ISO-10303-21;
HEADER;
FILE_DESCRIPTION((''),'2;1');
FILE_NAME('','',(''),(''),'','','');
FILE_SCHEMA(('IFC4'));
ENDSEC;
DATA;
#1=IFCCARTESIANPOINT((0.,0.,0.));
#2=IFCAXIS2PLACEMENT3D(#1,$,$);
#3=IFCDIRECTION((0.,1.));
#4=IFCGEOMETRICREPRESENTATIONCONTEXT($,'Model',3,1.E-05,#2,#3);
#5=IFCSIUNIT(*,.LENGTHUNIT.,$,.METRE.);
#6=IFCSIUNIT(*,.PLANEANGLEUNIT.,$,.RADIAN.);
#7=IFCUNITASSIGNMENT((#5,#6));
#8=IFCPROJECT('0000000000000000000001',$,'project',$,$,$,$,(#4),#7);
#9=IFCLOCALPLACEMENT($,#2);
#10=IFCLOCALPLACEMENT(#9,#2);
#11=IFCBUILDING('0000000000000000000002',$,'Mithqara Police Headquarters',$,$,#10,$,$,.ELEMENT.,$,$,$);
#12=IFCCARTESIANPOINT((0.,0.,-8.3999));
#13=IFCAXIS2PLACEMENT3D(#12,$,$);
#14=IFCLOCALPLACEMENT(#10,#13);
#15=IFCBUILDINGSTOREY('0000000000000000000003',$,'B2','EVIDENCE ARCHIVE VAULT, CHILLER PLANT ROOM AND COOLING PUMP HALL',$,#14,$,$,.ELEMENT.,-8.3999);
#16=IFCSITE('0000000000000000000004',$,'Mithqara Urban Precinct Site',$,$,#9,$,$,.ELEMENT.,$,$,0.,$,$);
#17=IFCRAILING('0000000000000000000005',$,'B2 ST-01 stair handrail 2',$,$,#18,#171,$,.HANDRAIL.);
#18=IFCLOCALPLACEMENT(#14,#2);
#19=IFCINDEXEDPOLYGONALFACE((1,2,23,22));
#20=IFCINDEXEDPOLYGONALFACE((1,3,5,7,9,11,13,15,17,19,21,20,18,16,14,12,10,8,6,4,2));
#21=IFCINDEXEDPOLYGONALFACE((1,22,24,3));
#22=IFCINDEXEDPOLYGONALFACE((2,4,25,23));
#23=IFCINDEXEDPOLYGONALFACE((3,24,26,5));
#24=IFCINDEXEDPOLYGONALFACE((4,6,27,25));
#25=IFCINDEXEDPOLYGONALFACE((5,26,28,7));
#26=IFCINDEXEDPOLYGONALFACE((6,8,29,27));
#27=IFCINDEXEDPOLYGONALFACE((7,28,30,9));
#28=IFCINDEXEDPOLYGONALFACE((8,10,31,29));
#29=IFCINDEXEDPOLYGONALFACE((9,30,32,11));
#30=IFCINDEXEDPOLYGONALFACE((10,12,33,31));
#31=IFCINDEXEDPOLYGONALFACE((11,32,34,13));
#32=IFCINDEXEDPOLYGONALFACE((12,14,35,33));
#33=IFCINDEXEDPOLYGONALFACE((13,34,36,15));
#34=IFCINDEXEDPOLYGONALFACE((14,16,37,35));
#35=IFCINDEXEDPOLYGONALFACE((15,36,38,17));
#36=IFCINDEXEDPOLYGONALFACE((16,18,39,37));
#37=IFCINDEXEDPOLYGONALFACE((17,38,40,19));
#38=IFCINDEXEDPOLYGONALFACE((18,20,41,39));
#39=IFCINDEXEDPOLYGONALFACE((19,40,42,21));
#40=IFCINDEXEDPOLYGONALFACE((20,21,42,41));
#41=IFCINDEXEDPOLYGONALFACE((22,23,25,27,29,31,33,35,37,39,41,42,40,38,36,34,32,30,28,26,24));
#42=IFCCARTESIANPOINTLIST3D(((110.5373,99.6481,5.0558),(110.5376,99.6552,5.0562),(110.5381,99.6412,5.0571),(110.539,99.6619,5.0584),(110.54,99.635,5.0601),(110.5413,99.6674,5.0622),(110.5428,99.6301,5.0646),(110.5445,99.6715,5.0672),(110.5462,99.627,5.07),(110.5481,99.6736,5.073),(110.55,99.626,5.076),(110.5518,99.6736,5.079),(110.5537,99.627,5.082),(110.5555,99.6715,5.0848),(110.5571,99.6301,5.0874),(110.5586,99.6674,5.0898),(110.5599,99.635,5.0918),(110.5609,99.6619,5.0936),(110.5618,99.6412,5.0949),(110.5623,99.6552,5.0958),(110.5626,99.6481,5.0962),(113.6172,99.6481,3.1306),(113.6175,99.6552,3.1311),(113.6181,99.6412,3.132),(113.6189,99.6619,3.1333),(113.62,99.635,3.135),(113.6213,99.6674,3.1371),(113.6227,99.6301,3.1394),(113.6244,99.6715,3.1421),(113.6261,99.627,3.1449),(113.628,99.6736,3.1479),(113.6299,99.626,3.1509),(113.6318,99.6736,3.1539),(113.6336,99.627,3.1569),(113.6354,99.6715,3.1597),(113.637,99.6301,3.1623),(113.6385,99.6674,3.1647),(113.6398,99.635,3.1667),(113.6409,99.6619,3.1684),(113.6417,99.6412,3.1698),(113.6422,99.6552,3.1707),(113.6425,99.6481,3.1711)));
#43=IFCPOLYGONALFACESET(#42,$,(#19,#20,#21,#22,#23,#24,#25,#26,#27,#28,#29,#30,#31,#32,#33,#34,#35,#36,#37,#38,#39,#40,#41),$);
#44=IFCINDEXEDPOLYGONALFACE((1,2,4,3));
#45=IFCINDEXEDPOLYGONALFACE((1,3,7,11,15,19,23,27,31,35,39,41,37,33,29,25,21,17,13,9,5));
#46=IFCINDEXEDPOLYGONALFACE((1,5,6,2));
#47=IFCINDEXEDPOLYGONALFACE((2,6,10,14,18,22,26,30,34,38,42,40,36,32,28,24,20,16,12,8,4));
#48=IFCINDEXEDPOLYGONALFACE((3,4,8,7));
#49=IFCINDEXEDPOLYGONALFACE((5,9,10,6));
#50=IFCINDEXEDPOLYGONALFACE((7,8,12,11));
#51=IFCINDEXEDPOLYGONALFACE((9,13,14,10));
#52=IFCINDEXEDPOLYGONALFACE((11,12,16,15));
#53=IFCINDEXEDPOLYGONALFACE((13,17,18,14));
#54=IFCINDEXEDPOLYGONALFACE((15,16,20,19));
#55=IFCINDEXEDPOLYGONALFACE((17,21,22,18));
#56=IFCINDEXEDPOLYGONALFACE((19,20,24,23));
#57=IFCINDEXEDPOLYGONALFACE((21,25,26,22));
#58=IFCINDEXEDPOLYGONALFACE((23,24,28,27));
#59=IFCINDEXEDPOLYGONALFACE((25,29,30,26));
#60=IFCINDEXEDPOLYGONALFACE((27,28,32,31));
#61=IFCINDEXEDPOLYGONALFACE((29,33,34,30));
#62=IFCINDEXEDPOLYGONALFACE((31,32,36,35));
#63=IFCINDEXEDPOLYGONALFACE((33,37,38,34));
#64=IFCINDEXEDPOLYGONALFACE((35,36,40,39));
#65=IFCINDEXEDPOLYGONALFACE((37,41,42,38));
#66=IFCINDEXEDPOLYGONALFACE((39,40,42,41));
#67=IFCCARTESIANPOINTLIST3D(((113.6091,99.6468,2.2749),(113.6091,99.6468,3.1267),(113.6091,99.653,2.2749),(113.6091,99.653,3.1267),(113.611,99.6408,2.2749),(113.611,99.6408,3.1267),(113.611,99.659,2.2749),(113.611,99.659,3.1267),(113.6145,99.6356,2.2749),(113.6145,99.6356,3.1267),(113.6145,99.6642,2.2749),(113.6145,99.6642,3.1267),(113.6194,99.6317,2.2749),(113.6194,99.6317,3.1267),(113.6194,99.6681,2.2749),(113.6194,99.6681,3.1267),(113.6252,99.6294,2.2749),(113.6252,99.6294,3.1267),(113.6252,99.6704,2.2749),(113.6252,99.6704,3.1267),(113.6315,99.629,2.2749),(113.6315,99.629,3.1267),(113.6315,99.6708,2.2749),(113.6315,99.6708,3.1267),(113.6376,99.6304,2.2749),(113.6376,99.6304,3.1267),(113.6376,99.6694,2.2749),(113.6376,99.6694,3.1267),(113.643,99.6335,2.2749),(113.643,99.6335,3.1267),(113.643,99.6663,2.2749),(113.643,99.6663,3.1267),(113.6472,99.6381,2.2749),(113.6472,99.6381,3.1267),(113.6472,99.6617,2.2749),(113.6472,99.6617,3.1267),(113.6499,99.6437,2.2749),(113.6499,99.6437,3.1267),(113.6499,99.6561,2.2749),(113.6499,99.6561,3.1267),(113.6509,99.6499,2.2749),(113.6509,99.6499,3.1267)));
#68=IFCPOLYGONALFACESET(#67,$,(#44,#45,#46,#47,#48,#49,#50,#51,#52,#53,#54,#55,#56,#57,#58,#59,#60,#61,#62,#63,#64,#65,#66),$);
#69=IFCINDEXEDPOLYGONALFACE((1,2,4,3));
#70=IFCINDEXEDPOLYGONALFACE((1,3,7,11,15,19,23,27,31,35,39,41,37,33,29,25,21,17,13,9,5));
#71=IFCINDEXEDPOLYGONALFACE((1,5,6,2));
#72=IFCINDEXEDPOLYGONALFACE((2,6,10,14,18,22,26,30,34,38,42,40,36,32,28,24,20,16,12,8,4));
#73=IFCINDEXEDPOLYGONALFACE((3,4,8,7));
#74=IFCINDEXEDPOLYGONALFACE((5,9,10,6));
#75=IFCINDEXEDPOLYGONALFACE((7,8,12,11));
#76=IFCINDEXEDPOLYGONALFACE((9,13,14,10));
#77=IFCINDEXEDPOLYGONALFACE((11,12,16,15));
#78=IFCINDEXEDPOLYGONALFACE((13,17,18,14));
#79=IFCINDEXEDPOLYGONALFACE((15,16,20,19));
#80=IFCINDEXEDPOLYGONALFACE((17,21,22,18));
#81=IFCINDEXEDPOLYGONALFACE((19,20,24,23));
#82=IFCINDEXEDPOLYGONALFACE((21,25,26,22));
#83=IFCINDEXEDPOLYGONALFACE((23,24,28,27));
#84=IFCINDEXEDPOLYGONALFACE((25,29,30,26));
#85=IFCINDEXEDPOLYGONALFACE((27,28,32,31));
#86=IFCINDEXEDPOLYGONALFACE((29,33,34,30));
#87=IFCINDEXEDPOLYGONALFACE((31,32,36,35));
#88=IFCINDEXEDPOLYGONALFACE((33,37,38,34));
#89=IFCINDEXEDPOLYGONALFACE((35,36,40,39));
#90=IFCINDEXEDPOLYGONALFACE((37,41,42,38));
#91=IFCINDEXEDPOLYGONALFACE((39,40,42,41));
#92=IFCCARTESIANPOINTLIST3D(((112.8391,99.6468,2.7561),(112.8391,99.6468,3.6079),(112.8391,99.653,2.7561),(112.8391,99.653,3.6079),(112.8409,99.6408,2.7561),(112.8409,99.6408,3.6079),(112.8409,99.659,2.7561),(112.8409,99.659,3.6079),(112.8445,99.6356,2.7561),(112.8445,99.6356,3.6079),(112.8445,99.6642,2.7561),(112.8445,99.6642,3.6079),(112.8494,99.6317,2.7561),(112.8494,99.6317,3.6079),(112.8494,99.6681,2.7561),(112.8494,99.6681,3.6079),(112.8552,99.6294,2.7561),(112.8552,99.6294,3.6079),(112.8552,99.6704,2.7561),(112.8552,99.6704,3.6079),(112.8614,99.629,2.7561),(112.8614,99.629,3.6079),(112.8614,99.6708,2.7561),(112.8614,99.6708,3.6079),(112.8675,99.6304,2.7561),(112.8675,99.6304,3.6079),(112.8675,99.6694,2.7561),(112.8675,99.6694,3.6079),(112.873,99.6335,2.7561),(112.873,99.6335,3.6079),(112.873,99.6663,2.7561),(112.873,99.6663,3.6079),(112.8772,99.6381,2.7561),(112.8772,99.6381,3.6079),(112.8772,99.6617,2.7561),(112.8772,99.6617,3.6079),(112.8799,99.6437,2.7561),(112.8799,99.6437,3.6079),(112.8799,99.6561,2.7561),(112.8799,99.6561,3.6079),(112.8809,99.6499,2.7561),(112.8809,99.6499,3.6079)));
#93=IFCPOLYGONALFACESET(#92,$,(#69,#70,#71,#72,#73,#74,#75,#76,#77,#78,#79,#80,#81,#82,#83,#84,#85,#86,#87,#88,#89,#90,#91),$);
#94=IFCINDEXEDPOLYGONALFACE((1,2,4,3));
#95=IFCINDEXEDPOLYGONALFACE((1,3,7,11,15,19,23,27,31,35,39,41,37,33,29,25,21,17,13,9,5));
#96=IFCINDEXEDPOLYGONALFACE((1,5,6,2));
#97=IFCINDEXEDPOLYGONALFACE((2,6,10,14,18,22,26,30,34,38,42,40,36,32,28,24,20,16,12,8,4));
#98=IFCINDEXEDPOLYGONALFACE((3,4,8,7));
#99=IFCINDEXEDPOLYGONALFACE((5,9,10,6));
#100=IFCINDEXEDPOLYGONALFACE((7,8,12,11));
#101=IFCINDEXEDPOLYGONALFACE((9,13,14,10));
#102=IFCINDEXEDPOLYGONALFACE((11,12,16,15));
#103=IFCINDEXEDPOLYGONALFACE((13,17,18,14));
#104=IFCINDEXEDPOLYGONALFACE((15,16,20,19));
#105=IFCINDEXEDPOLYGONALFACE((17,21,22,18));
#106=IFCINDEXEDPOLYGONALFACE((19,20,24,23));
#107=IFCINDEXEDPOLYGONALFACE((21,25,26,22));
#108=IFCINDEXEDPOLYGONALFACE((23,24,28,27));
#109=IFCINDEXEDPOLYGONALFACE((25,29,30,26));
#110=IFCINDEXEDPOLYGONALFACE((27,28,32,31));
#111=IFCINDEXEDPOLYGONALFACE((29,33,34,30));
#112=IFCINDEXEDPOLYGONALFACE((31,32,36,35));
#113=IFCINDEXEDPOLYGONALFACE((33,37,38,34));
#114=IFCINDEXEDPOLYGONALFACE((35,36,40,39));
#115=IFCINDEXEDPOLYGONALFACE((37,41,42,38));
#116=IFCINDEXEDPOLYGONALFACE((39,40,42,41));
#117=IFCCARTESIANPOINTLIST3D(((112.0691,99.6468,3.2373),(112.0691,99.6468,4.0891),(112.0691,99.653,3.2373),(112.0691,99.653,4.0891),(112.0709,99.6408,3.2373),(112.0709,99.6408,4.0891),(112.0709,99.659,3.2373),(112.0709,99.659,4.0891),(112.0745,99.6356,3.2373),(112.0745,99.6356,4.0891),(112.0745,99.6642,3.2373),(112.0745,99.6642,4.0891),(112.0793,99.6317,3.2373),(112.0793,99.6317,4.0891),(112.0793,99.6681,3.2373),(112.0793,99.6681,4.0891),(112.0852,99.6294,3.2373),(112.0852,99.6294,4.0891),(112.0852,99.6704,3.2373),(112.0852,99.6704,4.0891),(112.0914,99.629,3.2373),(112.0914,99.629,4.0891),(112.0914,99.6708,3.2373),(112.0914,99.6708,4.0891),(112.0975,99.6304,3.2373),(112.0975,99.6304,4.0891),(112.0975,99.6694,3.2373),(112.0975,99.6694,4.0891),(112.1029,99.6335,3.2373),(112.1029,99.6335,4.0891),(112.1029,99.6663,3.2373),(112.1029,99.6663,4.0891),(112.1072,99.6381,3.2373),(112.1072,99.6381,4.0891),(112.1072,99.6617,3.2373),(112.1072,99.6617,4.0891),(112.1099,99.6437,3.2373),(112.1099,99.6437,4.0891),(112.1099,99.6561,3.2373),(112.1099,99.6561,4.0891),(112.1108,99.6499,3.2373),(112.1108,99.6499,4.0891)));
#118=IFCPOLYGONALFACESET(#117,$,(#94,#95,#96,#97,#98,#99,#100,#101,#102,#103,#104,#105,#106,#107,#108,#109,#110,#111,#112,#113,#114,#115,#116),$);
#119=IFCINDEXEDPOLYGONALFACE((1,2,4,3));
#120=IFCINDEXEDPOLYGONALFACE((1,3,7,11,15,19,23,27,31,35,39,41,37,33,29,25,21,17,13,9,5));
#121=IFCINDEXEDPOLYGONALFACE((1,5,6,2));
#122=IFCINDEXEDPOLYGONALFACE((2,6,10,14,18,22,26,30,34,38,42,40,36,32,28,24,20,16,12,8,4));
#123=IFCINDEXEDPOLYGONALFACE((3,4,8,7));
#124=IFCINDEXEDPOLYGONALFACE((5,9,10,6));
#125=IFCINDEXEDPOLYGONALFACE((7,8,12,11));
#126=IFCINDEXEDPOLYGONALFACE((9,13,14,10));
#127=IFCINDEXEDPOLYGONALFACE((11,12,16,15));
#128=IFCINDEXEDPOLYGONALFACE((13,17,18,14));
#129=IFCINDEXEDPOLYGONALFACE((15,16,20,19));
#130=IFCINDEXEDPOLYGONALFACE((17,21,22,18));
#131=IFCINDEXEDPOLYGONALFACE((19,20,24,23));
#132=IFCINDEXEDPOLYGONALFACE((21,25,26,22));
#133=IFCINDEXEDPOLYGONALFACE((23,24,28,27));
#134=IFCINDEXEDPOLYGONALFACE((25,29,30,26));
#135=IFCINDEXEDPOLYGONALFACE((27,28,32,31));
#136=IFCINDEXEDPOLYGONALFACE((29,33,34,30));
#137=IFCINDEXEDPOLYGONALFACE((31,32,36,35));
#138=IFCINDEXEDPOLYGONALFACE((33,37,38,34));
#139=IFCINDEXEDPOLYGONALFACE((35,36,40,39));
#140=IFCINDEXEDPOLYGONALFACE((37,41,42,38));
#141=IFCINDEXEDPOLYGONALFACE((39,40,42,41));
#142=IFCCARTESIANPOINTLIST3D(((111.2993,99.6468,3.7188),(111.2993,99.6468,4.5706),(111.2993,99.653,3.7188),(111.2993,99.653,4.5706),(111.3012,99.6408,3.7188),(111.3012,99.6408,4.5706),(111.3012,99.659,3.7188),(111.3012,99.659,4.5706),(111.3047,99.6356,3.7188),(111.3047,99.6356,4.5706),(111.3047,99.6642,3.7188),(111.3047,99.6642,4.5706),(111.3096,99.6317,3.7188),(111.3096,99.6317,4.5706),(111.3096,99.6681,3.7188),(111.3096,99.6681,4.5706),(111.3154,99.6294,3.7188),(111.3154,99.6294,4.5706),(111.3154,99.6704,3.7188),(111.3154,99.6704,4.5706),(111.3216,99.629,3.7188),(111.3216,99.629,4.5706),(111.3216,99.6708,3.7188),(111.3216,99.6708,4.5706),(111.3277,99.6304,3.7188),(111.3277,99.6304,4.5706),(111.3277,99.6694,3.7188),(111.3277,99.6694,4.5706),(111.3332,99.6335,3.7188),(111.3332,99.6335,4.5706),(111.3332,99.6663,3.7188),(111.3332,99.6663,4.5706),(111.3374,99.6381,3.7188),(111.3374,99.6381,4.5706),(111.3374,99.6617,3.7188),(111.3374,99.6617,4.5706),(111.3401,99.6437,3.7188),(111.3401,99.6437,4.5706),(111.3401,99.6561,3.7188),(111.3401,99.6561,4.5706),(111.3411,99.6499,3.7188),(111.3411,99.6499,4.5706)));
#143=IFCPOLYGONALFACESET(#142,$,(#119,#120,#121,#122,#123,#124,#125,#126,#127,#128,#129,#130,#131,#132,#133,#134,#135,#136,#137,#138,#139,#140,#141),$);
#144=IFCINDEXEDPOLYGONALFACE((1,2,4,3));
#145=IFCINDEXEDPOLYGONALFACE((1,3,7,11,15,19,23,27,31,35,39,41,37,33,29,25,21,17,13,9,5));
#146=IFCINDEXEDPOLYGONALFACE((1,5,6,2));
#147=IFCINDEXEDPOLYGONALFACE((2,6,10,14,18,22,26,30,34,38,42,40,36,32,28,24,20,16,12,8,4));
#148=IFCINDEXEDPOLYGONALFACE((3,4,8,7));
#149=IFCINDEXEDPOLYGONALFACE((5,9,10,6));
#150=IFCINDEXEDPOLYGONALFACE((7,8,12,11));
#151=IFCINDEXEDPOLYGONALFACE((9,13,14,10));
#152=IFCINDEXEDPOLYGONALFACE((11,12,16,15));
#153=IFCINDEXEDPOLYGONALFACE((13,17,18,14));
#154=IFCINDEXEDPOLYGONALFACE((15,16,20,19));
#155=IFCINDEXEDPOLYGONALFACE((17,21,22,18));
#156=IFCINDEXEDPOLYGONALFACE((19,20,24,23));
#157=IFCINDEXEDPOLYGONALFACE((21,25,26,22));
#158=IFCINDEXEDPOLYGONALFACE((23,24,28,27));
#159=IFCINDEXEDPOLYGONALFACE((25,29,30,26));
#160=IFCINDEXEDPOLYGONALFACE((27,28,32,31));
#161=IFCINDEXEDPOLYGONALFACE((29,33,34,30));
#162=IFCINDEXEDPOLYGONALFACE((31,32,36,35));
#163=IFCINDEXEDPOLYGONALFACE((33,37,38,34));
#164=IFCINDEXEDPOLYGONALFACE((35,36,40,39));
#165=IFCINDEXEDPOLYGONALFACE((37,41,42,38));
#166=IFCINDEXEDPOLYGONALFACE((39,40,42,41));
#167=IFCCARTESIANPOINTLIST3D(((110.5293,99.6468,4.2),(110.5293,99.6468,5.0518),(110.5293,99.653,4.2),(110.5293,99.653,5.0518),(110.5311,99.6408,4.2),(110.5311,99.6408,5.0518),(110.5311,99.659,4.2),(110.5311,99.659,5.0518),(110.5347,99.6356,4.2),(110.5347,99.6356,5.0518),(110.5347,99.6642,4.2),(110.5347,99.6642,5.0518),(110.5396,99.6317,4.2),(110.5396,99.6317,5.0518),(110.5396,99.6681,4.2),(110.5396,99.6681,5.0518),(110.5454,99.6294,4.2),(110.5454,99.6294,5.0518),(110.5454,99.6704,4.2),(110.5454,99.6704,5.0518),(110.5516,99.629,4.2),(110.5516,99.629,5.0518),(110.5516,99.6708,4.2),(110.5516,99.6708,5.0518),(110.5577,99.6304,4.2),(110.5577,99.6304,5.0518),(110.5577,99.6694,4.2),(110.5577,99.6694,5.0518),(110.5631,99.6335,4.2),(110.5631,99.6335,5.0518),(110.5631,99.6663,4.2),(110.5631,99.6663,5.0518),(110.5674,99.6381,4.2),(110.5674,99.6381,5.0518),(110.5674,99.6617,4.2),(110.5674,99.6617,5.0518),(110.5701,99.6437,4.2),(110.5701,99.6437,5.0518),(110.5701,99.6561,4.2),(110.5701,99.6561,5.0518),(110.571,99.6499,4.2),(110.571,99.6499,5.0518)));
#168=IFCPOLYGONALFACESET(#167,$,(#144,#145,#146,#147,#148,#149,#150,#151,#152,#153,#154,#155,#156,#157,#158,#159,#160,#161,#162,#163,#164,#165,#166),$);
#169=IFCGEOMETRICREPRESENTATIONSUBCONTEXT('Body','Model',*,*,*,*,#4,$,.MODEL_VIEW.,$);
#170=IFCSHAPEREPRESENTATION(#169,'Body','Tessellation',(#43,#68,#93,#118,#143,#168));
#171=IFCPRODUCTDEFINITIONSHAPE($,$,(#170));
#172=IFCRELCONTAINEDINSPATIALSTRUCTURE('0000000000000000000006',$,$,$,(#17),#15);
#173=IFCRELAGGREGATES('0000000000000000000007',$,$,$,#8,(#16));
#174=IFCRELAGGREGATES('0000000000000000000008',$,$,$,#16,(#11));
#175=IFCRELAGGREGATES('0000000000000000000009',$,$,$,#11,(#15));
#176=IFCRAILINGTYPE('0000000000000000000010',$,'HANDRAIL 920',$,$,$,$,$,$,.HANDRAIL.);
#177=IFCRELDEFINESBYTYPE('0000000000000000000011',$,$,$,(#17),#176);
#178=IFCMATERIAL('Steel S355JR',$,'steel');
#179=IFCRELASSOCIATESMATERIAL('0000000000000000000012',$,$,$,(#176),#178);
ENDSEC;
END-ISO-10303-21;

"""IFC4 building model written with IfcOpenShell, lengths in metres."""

from ifc_helpers import new_model, si_unit, direction, frame, origin, origin_2d, place, context, subcontext, project, spatial, circle, extrude, material, type_object, element, save


model = new_model("IFC4")

# Units and contexts
model_context = context("Model", 3, precision=1e-05, world=origin(), true_north=direction((0.0, 1.0)))
body_context = subcontext(model_context, "Body", "Model", "MODEL_VIEW")
ifc_project = project(units=[si_unit("LENGTHUNIT", "METRE"), si_unit("PLANEANGLEUNIT", "RADIAN")], contexts=[model_context])

# Site, building, storey
site_placement = place(None, origin())
site = spatial("IfcSite", under=ifc_project, at=site_placement, Name="Mithqara Urban Precinct Site", CompositionType="ELEMENT", RefElevation=0.0)
building_placement = place(site_placement, origin())
building = spatial("IfcBuilding", under=site, at=building_placement, Name="Mithqara Police Headquarters", CompositionType="ELEMENT")
storey_placement = place(building_placement, frame((0.0, 0.0, -8.3999)))
storey = spatial("IfcBuildingStorey", under=building, at=storey_placement, Name="B2", Description="EVIDENCE ARCHIVE VAULT, CHILLER PLANT ROOM AND COOLING PUMP HALL", CompositionType="ELEMENT", Elevation=-8.3999)

# Shared definitions
ifc_material_1 = material(Name="Steel S355JR", Category="steel")

# Railing
railing_type_1 = type_object("IfcRailingType", Name="HANDRAIL 920", PredefinedType="HANDRAIL", material=ifc_material_1)
railing_1_placement = place(storey_placement, frame((113.6299, 99.6499, 2.2749)))
element("IfcRailing", 1, at=railing_1_placement, inside=storey, type_object=railing_type_1, Name="B2 ST-01 stair handrail 2", PredefinedType="HANDRAIL", context=body_context, shape_type="SweptSolid", body=[
    extrude(circle(Radius=0.0239, at=origin_2d()), frame((0.0, 0.0, 0.876), z_axis=(-0.847979, 0.0, 0.530029), x_axis=(0.0, -1.0, 0.0)), (0.0, 0.0, 1.0), 3.6321),
    extrude(circle(Radius=0.021, at=origin_2d()), origin(), (0.0, 0.0, 1.0), 0.8518),
    extrude(circle(Radius=0.021, at=origin_2d()), frame((-0.77, 0.0, 0.4812)), (0.0, 0.0, 1.0), 0.8518),
    extrude(circle(Radius=0.021, at=origin_2d()), frame((-1.54, 0.0, 0.9624)), (0.0, 0.0, 1.0), 0.8518),
    extrude(circle(Radius=0.021, at=origin_2d()), frame((-2.3098, 0.0, 1.4438)), (0.0, 0.0, 1.0), 0.8518),
    extrude(circle(Radius=0.021, at=origin_2d()), frame((-3.0798, 0.0, 1.925)), (0.0, 0.0, 1.0), 0.8518),
])

save(model, "model.ifc")
